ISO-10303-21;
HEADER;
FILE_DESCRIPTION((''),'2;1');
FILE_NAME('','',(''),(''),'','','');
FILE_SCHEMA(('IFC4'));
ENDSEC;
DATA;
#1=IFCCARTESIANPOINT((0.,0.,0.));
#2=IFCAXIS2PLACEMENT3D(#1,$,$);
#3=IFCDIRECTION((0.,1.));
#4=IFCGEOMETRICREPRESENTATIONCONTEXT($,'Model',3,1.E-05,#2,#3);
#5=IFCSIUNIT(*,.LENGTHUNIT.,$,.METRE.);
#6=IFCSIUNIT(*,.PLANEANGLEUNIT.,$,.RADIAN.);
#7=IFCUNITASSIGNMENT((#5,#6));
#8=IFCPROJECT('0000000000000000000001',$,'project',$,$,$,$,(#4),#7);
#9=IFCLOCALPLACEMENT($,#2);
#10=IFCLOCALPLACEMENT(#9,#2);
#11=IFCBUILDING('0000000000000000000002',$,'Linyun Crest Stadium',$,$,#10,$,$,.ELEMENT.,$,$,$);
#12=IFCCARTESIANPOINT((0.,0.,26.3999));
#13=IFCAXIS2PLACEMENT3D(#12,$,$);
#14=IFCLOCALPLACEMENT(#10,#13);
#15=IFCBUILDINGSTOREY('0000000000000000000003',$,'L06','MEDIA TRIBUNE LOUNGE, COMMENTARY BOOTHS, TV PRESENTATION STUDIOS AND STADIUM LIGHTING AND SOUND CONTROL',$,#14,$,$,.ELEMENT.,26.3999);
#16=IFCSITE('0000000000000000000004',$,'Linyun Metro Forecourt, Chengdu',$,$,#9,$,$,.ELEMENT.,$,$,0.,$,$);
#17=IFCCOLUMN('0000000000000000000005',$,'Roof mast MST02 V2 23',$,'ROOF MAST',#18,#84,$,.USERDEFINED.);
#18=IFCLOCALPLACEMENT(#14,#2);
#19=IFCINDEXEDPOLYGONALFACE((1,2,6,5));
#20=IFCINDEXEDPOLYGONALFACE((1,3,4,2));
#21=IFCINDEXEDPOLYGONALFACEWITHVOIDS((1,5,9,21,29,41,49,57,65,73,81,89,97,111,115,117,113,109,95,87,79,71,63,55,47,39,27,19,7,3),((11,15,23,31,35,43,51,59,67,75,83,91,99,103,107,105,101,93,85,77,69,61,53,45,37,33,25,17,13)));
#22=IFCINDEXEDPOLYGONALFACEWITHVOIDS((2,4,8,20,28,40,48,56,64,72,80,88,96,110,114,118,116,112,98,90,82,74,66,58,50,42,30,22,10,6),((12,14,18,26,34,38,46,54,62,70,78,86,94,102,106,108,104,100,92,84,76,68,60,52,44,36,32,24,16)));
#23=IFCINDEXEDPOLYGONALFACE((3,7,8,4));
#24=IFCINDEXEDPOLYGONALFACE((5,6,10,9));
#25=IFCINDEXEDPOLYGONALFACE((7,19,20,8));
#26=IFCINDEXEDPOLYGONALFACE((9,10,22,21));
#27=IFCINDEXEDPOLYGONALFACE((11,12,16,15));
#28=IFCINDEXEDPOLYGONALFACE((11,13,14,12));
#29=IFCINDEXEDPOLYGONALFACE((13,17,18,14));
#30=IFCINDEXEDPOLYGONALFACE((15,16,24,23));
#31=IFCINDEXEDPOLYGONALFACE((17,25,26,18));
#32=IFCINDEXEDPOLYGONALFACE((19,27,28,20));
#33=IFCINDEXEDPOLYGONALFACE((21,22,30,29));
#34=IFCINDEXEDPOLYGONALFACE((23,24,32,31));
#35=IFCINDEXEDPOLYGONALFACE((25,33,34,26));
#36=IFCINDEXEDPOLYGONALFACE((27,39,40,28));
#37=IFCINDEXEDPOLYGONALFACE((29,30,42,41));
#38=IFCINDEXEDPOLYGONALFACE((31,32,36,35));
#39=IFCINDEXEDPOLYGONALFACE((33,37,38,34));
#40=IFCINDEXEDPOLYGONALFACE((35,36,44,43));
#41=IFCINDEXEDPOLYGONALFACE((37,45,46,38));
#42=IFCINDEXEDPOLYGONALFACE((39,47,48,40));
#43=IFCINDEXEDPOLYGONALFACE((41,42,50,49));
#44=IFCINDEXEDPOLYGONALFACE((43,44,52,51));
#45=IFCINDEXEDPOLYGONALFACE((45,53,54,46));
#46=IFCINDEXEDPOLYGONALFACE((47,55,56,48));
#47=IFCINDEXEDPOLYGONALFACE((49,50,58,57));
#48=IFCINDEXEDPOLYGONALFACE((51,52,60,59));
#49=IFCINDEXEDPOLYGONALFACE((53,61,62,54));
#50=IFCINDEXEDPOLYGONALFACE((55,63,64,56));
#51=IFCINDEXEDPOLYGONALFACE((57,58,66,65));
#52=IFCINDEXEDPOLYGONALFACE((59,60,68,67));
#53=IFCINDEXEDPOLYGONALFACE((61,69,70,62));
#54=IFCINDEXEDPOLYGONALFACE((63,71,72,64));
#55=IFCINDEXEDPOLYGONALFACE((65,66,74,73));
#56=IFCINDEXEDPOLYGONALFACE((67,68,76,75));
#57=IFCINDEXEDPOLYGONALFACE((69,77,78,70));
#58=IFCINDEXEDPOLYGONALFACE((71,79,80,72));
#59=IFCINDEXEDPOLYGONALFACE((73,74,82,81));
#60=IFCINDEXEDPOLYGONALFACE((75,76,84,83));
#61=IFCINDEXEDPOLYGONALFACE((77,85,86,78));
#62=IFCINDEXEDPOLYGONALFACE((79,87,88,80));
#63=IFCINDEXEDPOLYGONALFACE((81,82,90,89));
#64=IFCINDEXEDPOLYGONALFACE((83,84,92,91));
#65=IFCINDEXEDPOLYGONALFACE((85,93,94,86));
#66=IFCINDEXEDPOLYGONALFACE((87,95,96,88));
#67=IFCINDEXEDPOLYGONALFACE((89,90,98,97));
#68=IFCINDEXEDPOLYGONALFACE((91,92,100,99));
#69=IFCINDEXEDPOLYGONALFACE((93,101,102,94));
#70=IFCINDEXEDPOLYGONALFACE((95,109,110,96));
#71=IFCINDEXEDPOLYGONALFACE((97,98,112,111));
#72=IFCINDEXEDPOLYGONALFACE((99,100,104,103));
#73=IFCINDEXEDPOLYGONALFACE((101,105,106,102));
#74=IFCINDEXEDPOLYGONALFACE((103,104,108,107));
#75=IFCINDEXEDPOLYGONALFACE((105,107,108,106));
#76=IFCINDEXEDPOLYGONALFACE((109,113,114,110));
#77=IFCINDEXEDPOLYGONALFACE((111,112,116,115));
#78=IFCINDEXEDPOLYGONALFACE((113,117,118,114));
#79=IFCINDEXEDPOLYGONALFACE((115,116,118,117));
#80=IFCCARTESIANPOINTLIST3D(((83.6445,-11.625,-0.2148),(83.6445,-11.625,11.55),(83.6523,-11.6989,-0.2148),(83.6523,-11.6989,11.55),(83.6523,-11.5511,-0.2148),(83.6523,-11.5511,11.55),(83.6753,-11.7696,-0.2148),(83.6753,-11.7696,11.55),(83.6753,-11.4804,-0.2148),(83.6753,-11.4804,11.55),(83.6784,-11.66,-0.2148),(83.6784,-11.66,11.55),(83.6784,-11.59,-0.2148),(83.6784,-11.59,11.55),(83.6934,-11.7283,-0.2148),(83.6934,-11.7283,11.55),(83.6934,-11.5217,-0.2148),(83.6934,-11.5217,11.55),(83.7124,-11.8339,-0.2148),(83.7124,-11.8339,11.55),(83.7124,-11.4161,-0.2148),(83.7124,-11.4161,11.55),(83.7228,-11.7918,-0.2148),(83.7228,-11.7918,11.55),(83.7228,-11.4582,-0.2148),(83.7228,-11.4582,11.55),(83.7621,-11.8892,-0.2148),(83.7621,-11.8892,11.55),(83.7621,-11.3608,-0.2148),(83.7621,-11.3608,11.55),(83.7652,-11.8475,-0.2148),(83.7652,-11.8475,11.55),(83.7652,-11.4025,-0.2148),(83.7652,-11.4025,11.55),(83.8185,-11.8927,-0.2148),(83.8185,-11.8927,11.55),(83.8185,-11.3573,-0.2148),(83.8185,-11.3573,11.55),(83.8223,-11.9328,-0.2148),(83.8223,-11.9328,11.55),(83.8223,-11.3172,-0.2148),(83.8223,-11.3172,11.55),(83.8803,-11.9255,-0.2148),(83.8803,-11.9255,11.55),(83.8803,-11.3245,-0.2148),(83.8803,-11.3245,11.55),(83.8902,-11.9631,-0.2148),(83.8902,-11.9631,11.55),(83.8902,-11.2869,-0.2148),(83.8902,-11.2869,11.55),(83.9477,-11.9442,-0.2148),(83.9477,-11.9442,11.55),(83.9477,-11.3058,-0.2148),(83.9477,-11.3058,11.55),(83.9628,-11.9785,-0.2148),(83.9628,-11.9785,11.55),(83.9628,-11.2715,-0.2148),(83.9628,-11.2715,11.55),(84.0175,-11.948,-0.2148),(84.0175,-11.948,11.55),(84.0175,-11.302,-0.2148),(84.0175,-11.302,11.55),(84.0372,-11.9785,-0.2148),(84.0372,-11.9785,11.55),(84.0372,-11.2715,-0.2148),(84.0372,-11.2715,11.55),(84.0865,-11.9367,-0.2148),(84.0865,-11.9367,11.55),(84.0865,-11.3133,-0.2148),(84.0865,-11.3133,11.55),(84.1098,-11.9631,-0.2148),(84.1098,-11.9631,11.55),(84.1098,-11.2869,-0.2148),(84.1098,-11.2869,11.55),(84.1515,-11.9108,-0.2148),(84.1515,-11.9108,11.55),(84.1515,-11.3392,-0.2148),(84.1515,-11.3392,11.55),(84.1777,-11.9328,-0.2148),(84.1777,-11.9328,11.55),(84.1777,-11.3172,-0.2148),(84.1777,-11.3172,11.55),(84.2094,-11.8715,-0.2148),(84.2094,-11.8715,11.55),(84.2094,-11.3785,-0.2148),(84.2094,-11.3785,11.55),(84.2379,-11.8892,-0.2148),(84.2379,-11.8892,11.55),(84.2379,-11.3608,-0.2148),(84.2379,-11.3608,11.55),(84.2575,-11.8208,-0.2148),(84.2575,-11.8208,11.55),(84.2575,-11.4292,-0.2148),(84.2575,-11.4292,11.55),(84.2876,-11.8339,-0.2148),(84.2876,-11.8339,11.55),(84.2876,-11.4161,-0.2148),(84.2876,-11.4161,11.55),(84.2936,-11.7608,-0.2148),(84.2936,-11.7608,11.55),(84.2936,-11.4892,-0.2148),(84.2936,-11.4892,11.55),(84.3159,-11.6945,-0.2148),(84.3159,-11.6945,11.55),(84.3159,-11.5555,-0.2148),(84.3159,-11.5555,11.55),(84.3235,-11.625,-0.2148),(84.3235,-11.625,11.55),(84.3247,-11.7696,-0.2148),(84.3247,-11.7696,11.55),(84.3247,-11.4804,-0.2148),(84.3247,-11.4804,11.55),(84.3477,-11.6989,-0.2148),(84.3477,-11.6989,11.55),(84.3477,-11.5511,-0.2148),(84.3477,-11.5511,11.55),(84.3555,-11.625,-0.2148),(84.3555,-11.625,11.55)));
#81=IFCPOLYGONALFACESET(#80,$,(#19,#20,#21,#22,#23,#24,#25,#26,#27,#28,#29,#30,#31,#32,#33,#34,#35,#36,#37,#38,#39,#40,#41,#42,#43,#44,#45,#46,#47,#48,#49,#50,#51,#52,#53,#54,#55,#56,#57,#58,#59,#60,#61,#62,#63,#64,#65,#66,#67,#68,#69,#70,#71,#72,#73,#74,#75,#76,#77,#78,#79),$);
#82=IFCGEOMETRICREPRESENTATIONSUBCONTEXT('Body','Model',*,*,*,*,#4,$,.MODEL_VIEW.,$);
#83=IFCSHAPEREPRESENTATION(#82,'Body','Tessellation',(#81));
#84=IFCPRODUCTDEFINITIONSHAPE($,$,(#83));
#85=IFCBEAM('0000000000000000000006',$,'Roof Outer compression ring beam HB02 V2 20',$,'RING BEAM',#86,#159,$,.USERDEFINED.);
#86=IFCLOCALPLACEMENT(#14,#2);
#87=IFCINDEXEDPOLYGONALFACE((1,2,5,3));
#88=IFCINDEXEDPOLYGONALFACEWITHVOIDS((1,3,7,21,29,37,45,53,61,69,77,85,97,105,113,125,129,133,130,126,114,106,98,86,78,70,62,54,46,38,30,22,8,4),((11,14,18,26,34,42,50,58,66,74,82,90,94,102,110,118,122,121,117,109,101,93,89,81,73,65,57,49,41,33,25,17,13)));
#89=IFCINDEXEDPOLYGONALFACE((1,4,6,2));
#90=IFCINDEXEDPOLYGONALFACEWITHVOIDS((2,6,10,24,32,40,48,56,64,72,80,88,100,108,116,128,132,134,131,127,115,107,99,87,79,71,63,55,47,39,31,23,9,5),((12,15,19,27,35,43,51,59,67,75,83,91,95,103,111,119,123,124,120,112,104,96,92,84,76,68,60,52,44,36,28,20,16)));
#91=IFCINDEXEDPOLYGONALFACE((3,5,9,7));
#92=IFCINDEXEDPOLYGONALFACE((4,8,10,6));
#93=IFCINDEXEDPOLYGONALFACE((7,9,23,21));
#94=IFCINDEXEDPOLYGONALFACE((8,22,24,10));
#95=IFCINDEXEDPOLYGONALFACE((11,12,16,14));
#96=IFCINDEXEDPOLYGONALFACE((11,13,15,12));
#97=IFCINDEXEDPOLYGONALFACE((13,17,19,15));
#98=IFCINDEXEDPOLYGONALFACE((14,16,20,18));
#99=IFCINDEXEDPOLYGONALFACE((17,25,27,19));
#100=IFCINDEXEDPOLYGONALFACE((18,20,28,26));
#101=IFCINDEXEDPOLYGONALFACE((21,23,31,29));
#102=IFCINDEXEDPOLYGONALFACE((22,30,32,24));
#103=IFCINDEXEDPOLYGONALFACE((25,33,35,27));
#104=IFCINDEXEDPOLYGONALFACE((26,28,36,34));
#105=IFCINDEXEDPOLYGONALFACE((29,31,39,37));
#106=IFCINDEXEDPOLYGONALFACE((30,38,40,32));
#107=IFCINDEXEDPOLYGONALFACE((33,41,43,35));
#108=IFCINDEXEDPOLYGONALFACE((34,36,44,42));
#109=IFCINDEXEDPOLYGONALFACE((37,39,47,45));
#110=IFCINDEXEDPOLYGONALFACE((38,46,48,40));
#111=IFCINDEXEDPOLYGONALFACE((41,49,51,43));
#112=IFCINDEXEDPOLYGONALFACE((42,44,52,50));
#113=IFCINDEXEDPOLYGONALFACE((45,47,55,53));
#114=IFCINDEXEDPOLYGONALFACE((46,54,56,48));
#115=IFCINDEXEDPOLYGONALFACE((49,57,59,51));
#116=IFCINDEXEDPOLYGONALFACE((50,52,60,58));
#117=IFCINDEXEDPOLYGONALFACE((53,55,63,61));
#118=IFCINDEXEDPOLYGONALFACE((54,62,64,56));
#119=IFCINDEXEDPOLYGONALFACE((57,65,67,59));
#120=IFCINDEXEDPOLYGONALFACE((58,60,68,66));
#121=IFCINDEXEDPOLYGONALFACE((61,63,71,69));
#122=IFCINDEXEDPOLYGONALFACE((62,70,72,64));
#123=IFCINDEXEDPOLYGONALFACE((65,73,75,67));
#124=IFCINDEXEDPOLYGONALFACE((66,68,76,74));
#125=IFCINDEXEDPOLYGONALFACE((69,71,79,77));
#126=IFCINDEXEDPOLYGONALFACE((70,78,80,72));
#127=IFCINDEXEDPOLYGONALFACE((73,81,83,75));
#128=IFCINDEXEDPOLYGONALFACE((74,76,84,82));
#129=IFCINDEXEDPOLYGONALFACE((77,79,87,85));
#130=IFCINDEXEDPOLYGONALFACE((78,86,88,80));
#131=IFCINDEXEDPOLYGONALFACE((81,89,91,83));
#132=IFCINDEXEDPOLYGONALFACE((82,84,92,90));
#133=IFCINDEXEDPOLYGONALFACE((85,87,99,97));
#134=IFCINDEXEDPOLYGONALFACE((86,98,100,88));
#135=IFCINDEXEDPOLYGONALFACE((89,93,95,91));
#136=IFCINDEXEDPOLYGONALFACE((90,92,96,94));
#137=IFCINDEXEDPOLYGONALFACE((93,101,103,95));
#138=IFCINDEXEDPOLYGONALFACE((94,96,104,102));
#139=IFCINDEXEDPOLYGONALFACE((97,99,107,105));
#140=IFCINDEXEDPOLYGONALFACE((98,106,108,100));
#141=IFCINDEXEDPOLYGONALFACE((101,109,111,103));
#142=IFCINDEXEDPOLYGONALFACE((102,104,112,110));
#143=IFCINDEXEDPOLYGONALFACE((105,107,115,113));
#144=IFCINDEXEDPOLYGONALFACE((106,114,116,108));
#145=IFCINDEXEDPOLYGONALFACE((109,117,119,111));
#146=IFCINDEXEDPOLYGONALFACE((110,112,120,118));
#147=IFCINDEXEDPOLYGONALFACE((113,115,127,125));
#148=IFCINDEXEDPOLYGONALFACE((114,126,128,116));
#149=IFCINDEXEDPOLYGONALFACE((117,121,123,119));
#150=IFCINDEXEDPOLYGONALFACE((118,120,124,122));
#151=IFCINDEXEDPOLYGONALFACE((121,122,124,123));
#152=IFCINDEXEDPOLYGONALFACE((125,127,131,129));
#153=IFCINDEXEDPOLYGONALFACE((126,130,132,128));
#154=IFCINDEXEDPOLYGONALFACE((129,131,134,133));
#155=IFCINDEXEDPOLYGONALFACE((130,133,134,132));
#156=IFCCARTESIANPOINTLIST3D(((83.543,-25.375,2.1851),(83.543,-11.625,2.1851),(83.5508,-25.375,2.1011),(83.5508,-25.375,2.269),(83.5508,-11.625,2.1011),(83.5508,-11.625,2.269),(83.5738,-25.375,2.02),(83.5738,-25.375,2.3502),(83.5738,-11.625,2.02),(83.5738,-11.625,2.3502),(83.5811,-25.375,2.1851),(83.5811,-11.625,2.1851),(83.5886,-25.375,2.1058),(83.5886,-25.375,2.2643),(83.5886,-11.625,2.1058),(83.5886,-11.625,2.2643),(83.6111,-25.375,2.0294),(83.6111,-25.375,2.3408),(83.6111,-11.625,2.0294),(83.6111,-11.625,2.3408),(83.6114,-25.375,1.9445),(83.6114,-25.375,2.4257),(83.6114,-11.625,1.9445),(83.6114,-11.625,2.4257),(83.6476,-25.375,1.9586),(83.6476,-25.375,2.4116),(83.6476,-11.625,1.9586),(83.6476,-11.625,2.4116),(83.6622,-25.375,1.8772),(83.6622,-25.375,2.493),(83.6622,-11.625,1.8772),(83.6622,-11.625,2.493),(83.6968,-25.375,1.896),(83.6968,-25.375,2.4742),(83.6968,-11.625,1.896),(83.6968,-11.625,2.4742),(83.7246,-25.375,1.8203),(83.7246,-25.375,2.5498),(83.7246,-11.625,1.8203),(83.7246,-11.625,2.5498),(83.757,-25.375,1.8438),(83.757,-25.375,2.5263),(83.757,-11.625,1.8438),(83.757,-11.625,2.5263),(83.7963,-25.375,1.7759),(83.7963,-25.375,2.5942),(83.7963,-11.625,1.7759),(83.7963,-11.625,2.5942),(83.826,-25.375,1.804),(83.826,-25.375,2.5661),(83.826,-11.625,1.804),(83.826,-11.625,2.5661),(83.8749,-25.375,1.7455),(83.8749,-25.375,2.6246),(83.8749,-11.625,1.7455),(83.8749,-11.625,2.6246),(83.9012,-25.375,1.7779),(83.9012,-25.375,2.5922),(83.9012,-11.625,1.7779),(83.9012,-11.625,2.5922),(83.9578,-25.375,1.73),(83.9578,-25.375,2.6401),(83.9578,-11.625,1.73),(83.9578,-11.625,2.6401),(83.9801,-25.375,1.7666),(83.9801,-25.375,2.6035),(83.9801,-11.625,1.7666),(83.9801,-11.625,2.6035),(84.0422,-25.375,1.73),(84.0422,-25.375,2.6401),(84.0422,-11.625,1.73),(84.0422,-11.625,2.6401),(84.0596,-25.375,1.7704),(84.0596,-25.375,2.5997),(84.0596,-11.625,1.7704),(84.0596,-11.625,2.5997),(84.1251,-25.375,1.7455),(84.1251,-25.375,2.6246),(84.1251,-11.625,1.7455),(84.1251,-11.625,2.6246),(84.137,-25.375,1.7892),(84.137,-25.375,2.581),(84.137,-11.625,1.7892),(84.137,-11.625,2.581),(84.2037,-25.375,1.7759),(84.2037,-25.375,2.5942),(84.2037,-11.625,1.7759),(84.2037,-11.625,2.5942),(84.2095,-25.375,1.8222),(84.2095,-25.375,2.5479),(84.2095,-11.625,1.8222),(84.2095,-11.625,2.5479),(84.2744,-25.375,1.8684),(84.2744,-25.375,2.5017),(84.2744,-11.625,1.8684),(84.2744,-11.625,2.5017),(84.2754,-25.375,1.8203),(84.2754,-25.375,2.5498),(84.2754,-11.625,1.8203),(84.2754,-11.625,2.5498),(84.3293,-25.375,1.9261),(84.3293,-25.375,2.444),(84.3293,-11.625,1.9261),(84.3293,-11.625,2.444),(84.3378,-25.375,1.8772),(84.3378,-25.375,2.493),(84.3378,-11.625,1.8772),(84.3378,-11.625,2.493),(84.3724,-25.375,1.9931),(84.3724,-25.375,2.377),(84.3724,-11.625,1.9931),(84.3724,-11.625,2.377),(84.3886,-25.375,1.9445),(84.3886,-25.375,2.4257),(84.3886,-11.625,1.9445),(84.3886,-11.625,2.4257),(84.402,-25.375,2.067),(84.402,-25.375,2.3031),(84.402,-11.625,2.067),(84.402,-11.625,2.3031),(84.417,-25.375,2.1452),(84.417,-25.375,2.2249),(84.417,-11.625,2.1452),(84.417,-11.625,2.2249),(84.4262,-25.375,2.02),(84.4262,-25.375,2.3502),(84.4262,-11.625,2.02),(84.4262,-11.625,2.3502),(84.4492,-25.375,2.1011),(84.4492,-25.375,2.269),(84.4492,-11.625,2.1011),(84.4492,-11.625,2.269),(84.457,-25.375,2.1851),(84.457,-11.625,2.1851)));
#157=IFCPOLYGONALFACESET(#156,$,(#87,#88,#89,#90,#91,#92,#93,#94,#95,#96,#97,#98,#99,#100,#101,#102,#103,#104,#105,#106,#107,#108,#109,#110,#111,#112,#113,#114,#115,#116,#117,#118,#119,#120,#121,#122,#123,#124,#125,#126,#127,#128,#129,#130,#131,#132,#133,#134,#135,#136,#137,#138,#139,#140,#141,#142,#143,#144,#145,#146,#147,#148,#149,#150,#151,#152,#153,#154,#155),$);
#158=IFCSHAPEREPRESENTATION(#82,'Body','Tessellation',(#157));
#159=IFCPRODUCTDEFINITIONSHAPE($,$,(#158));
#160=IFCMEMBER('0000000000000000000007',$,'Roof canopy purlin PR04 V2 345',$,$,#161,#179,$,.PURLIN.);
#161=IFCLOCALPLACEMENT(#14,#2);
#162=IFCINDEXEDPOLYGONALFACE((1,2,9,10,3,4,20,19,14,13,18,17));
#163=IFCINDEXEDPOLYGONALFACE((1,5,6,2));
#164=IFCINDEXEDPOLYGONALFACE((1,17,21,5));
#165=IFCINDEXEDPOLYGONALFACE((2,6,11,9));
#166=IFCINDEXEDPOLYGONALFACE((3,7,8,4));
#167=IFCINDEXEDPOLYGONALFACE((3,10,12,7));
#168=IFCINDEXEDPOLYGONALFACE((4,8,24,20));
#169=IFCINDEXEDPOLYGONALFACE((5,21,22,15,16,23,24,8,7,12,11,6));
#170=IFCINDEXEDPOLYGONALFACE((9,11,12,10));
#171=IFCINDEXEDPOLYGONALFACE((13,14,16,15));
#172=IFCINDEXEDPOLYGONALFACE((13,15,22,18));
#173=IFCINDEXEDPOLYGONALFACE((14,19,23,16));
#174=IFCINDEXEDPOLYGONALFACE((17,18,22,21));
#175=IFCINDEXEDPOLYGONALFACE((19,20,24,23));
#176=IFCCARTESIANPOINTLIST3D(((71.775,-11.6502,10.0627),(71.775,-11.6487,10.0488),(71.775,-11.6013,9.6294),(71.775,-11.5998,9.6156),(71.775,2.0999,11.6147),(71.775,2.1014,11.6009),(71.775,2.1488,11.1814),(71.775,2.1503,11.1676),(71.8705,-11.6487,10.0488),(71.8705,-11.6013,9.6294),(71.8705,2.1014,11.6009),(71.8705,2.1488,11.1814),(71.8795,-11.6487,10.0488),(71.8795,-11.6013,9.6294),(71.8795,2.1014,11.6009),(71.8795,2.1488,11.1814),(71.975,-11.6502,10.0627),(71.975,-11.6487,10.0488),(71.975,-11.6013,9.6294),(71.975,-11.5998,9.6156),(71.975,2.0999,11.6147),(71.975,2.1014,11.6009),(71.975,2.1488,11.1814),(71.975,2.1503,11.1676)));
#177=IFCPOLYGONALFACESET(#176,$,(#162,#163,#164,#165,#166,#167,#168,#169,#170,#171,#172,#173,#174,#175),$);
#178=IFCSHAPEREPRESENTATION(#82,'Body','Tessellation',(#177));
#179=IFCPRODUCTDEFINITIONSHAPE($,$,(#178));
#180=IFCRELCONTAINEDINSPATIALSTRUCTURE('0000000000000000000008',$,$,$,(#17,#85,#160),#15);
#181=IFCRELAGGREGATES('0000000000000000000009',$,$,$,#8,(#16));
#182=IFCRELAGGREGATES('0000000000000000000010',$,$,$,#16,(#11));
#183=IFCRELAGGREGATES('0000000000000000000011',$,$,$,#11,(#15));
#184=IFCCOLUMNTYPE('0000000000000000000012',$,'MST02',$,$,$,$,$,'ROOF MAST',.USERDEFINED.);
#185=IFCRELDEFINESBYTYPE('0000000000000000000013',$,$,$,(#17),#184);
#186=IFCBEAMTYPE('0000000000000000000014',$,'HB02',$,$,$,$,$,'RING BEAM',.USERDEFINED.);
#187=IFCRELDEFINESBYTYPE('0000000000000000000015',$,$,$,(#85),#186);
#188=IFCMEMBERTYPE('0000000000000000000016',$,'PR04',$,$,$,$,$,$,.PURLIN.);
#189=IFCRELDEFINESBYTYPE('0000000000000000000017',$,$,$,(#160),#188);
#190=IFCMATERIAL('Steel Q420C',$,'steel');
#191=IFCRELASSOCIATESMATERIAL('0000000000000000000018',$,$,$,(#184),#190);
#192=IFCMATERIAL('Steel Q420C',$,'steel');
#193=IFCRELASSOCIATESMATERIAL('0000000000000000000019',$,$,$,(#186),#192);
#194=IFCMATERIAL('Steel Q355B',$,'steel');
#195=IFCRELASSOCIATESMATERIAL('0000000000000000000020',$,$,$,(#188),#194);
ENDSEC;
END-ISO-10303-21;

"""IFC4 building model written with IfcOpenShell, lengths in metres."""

from ifc_helpers import new_model, si_unit, direction, frame, origin, origin_2d, place, context, subcontext, project, spatial, hollow_circle, i_section, extrude, material, material_profile, profile_set, type_object, element, save


model = new_model("IFC4")

# Units and contexts
model_context = context("Model", 3, precision=1e-05, world=origin(), true_north=direction((0.0, 1.0)))
body_context = subcontext(model_context, "Body", "Model", "MODEL_VIEW")
ifc_project = project(units=[si_unit("LENGTHUNIT", "METRE"), si_unit("PLANEANGLEUNIT", "RADIAN")], contexts=[model_context])

# Site, building, storey
site_placement = place(None, origin())
site = spatial("IfcSite", under=ifc_project, at=site_placement, Name="Linyun Metro Forecourt, Chengdu", CompositionType="ELEMENT", RefElevation=0.0)
building_placement = place(site_placement, origin())
building = spatial("IfcBuilding", under=site, at=building_placement, Name="Linyun Crest Stadium", CompositionType="ELEMENT")
storey_placement = place(building_placement, frame((0.0, 0.0, 26.3999)))
storey = spatial("IfcBuildingStorey", under=building, at=storey_placement, Name="L06", Description="MEDIA TRIBUNE LOUNGE, COMMENTARY BOOTHS, TV PRESENTATION STUDIOS AND STADIUM LIGHTING AND SOUND CONTROL", CompositionType="ELEMENT", Elevation=26.3999)

# Column
ifc_material_1 = material(Name="Steel Q420C", Category="steel")
ifc_material_profile_1 = material_profile(ifc_material_1, hollow_circle(Radius=0.3555, WallThickness=0.032, at=origin_2d()), Name="CHS 711x32")
ifc_profile_set_1 = profile_set([ifc_material_profile_1], Name="Steel Q420C")
column_type = type_object("IfcColumnType", Name="MST02", ElementType="ROOF MAST", PredefinedType="USERDEFINED", material=ifc_profile_set_1)
column_placement = place(storey_placement, frame((84.0, -11.625, -0.2148), z_axis=(0.0, 0.0, 1.0), x_axis=(1.0, 0.0, 0.0)))
element("IfcColumn", 1, at=column_placement, inside=storey, type_object=column_type, Name="Roof mast MST02 V2 23", ObjectType="ROOF MAST", PredefinedType="USERDEFINED", context=body_context, shape_type="SweptSolid", body=[
    extrude(hollow_circle(Radius=0.3555, WallThickness=0.032, at=origin_2d()), origin(), (0.0, 0.0, 1.0), 11.7649),
])

# Beam
ifc_material_2 = material(Name="Steel Q420C", Category="steel")
ifc_material_profile_2 = material_profile(ifc_material_2, hollow_circle(Radius=0.457, WallThickness=0.0381, at=origin_2d()), Name="CHS 914x38")
ifc_profile_set_2 = profile_set([ifc_material_profile_2], Name="Steel Q420C")
beam_type = type_object("IfcBeamType", Name="HB02", ElementType="RING BEAM", PredefinedType="USERDEFINED", material=ifc_profile_set_2)
beam_placement = place(storey_placement, frame((84.0, -25.375, 2.1851), z_axis=(0.0, 1.0, 0.0), x_axis=(-1.0, 0.0, 0.0)))
element("IfcBeam", 2, at=beam_placement, inside=storey, type_object=beam_type, Name="Roof Outer compression ring beam HB02 V2 20", ObjectType="RING BEAM", PredefinedType="USERDEFINED", context=body_context, shape_type="SweptSolid", body=[
    extrude(hollow_circle(Radius=0.457, WallThickness=0.0381, at=origin_2d()), origin(), (0.0, 0.0, 1.0), 13.75),
])

# Member
ifc_material_3 = material(Name="Steel Q355B", Category="steel")
ifc_material_profile_3 = material_profile(ifc_material_3, i_section(OverallWidth=0.2, OverallDepth=0.45, WebThickness=0.009, FlangeThickness=0.0139, at=origin_2d()), Name="HN 450x200")
ifc_profile_set_3 = profile_set([ifc_material_profile_3], Name="Steel Q355B")
member_type_1 = type_object("IfcMemberType", Name="PR04", PredefinedType="PURLIN", material=ifc_profile_set_3)
member_1_placement = place(storey_placement, frame((71.875, -11.625, 9.8391), z_axis=(0.0, 0.99369, 0.112161), x_axis=(-1.0, 0.0, 0.0)))
element("IfcMember", 3, at=member_1_placement, inside=storey, type_object=member_type_1, Name="Roof canopy purlin PR04 V2 345", PredefinedType="PURLIN", context=body_context, shape_type="SweptSolid", body=[
    extrude(i_section(OverallWidth=0.2, OverallDepth=0.45, WebThickness=0.009, FlangeThickness=0.0139, at=origin_2d()), origin(), (0.0, 0.0, 1.0), 13.8374),
])

save(model, "model.ifc")
